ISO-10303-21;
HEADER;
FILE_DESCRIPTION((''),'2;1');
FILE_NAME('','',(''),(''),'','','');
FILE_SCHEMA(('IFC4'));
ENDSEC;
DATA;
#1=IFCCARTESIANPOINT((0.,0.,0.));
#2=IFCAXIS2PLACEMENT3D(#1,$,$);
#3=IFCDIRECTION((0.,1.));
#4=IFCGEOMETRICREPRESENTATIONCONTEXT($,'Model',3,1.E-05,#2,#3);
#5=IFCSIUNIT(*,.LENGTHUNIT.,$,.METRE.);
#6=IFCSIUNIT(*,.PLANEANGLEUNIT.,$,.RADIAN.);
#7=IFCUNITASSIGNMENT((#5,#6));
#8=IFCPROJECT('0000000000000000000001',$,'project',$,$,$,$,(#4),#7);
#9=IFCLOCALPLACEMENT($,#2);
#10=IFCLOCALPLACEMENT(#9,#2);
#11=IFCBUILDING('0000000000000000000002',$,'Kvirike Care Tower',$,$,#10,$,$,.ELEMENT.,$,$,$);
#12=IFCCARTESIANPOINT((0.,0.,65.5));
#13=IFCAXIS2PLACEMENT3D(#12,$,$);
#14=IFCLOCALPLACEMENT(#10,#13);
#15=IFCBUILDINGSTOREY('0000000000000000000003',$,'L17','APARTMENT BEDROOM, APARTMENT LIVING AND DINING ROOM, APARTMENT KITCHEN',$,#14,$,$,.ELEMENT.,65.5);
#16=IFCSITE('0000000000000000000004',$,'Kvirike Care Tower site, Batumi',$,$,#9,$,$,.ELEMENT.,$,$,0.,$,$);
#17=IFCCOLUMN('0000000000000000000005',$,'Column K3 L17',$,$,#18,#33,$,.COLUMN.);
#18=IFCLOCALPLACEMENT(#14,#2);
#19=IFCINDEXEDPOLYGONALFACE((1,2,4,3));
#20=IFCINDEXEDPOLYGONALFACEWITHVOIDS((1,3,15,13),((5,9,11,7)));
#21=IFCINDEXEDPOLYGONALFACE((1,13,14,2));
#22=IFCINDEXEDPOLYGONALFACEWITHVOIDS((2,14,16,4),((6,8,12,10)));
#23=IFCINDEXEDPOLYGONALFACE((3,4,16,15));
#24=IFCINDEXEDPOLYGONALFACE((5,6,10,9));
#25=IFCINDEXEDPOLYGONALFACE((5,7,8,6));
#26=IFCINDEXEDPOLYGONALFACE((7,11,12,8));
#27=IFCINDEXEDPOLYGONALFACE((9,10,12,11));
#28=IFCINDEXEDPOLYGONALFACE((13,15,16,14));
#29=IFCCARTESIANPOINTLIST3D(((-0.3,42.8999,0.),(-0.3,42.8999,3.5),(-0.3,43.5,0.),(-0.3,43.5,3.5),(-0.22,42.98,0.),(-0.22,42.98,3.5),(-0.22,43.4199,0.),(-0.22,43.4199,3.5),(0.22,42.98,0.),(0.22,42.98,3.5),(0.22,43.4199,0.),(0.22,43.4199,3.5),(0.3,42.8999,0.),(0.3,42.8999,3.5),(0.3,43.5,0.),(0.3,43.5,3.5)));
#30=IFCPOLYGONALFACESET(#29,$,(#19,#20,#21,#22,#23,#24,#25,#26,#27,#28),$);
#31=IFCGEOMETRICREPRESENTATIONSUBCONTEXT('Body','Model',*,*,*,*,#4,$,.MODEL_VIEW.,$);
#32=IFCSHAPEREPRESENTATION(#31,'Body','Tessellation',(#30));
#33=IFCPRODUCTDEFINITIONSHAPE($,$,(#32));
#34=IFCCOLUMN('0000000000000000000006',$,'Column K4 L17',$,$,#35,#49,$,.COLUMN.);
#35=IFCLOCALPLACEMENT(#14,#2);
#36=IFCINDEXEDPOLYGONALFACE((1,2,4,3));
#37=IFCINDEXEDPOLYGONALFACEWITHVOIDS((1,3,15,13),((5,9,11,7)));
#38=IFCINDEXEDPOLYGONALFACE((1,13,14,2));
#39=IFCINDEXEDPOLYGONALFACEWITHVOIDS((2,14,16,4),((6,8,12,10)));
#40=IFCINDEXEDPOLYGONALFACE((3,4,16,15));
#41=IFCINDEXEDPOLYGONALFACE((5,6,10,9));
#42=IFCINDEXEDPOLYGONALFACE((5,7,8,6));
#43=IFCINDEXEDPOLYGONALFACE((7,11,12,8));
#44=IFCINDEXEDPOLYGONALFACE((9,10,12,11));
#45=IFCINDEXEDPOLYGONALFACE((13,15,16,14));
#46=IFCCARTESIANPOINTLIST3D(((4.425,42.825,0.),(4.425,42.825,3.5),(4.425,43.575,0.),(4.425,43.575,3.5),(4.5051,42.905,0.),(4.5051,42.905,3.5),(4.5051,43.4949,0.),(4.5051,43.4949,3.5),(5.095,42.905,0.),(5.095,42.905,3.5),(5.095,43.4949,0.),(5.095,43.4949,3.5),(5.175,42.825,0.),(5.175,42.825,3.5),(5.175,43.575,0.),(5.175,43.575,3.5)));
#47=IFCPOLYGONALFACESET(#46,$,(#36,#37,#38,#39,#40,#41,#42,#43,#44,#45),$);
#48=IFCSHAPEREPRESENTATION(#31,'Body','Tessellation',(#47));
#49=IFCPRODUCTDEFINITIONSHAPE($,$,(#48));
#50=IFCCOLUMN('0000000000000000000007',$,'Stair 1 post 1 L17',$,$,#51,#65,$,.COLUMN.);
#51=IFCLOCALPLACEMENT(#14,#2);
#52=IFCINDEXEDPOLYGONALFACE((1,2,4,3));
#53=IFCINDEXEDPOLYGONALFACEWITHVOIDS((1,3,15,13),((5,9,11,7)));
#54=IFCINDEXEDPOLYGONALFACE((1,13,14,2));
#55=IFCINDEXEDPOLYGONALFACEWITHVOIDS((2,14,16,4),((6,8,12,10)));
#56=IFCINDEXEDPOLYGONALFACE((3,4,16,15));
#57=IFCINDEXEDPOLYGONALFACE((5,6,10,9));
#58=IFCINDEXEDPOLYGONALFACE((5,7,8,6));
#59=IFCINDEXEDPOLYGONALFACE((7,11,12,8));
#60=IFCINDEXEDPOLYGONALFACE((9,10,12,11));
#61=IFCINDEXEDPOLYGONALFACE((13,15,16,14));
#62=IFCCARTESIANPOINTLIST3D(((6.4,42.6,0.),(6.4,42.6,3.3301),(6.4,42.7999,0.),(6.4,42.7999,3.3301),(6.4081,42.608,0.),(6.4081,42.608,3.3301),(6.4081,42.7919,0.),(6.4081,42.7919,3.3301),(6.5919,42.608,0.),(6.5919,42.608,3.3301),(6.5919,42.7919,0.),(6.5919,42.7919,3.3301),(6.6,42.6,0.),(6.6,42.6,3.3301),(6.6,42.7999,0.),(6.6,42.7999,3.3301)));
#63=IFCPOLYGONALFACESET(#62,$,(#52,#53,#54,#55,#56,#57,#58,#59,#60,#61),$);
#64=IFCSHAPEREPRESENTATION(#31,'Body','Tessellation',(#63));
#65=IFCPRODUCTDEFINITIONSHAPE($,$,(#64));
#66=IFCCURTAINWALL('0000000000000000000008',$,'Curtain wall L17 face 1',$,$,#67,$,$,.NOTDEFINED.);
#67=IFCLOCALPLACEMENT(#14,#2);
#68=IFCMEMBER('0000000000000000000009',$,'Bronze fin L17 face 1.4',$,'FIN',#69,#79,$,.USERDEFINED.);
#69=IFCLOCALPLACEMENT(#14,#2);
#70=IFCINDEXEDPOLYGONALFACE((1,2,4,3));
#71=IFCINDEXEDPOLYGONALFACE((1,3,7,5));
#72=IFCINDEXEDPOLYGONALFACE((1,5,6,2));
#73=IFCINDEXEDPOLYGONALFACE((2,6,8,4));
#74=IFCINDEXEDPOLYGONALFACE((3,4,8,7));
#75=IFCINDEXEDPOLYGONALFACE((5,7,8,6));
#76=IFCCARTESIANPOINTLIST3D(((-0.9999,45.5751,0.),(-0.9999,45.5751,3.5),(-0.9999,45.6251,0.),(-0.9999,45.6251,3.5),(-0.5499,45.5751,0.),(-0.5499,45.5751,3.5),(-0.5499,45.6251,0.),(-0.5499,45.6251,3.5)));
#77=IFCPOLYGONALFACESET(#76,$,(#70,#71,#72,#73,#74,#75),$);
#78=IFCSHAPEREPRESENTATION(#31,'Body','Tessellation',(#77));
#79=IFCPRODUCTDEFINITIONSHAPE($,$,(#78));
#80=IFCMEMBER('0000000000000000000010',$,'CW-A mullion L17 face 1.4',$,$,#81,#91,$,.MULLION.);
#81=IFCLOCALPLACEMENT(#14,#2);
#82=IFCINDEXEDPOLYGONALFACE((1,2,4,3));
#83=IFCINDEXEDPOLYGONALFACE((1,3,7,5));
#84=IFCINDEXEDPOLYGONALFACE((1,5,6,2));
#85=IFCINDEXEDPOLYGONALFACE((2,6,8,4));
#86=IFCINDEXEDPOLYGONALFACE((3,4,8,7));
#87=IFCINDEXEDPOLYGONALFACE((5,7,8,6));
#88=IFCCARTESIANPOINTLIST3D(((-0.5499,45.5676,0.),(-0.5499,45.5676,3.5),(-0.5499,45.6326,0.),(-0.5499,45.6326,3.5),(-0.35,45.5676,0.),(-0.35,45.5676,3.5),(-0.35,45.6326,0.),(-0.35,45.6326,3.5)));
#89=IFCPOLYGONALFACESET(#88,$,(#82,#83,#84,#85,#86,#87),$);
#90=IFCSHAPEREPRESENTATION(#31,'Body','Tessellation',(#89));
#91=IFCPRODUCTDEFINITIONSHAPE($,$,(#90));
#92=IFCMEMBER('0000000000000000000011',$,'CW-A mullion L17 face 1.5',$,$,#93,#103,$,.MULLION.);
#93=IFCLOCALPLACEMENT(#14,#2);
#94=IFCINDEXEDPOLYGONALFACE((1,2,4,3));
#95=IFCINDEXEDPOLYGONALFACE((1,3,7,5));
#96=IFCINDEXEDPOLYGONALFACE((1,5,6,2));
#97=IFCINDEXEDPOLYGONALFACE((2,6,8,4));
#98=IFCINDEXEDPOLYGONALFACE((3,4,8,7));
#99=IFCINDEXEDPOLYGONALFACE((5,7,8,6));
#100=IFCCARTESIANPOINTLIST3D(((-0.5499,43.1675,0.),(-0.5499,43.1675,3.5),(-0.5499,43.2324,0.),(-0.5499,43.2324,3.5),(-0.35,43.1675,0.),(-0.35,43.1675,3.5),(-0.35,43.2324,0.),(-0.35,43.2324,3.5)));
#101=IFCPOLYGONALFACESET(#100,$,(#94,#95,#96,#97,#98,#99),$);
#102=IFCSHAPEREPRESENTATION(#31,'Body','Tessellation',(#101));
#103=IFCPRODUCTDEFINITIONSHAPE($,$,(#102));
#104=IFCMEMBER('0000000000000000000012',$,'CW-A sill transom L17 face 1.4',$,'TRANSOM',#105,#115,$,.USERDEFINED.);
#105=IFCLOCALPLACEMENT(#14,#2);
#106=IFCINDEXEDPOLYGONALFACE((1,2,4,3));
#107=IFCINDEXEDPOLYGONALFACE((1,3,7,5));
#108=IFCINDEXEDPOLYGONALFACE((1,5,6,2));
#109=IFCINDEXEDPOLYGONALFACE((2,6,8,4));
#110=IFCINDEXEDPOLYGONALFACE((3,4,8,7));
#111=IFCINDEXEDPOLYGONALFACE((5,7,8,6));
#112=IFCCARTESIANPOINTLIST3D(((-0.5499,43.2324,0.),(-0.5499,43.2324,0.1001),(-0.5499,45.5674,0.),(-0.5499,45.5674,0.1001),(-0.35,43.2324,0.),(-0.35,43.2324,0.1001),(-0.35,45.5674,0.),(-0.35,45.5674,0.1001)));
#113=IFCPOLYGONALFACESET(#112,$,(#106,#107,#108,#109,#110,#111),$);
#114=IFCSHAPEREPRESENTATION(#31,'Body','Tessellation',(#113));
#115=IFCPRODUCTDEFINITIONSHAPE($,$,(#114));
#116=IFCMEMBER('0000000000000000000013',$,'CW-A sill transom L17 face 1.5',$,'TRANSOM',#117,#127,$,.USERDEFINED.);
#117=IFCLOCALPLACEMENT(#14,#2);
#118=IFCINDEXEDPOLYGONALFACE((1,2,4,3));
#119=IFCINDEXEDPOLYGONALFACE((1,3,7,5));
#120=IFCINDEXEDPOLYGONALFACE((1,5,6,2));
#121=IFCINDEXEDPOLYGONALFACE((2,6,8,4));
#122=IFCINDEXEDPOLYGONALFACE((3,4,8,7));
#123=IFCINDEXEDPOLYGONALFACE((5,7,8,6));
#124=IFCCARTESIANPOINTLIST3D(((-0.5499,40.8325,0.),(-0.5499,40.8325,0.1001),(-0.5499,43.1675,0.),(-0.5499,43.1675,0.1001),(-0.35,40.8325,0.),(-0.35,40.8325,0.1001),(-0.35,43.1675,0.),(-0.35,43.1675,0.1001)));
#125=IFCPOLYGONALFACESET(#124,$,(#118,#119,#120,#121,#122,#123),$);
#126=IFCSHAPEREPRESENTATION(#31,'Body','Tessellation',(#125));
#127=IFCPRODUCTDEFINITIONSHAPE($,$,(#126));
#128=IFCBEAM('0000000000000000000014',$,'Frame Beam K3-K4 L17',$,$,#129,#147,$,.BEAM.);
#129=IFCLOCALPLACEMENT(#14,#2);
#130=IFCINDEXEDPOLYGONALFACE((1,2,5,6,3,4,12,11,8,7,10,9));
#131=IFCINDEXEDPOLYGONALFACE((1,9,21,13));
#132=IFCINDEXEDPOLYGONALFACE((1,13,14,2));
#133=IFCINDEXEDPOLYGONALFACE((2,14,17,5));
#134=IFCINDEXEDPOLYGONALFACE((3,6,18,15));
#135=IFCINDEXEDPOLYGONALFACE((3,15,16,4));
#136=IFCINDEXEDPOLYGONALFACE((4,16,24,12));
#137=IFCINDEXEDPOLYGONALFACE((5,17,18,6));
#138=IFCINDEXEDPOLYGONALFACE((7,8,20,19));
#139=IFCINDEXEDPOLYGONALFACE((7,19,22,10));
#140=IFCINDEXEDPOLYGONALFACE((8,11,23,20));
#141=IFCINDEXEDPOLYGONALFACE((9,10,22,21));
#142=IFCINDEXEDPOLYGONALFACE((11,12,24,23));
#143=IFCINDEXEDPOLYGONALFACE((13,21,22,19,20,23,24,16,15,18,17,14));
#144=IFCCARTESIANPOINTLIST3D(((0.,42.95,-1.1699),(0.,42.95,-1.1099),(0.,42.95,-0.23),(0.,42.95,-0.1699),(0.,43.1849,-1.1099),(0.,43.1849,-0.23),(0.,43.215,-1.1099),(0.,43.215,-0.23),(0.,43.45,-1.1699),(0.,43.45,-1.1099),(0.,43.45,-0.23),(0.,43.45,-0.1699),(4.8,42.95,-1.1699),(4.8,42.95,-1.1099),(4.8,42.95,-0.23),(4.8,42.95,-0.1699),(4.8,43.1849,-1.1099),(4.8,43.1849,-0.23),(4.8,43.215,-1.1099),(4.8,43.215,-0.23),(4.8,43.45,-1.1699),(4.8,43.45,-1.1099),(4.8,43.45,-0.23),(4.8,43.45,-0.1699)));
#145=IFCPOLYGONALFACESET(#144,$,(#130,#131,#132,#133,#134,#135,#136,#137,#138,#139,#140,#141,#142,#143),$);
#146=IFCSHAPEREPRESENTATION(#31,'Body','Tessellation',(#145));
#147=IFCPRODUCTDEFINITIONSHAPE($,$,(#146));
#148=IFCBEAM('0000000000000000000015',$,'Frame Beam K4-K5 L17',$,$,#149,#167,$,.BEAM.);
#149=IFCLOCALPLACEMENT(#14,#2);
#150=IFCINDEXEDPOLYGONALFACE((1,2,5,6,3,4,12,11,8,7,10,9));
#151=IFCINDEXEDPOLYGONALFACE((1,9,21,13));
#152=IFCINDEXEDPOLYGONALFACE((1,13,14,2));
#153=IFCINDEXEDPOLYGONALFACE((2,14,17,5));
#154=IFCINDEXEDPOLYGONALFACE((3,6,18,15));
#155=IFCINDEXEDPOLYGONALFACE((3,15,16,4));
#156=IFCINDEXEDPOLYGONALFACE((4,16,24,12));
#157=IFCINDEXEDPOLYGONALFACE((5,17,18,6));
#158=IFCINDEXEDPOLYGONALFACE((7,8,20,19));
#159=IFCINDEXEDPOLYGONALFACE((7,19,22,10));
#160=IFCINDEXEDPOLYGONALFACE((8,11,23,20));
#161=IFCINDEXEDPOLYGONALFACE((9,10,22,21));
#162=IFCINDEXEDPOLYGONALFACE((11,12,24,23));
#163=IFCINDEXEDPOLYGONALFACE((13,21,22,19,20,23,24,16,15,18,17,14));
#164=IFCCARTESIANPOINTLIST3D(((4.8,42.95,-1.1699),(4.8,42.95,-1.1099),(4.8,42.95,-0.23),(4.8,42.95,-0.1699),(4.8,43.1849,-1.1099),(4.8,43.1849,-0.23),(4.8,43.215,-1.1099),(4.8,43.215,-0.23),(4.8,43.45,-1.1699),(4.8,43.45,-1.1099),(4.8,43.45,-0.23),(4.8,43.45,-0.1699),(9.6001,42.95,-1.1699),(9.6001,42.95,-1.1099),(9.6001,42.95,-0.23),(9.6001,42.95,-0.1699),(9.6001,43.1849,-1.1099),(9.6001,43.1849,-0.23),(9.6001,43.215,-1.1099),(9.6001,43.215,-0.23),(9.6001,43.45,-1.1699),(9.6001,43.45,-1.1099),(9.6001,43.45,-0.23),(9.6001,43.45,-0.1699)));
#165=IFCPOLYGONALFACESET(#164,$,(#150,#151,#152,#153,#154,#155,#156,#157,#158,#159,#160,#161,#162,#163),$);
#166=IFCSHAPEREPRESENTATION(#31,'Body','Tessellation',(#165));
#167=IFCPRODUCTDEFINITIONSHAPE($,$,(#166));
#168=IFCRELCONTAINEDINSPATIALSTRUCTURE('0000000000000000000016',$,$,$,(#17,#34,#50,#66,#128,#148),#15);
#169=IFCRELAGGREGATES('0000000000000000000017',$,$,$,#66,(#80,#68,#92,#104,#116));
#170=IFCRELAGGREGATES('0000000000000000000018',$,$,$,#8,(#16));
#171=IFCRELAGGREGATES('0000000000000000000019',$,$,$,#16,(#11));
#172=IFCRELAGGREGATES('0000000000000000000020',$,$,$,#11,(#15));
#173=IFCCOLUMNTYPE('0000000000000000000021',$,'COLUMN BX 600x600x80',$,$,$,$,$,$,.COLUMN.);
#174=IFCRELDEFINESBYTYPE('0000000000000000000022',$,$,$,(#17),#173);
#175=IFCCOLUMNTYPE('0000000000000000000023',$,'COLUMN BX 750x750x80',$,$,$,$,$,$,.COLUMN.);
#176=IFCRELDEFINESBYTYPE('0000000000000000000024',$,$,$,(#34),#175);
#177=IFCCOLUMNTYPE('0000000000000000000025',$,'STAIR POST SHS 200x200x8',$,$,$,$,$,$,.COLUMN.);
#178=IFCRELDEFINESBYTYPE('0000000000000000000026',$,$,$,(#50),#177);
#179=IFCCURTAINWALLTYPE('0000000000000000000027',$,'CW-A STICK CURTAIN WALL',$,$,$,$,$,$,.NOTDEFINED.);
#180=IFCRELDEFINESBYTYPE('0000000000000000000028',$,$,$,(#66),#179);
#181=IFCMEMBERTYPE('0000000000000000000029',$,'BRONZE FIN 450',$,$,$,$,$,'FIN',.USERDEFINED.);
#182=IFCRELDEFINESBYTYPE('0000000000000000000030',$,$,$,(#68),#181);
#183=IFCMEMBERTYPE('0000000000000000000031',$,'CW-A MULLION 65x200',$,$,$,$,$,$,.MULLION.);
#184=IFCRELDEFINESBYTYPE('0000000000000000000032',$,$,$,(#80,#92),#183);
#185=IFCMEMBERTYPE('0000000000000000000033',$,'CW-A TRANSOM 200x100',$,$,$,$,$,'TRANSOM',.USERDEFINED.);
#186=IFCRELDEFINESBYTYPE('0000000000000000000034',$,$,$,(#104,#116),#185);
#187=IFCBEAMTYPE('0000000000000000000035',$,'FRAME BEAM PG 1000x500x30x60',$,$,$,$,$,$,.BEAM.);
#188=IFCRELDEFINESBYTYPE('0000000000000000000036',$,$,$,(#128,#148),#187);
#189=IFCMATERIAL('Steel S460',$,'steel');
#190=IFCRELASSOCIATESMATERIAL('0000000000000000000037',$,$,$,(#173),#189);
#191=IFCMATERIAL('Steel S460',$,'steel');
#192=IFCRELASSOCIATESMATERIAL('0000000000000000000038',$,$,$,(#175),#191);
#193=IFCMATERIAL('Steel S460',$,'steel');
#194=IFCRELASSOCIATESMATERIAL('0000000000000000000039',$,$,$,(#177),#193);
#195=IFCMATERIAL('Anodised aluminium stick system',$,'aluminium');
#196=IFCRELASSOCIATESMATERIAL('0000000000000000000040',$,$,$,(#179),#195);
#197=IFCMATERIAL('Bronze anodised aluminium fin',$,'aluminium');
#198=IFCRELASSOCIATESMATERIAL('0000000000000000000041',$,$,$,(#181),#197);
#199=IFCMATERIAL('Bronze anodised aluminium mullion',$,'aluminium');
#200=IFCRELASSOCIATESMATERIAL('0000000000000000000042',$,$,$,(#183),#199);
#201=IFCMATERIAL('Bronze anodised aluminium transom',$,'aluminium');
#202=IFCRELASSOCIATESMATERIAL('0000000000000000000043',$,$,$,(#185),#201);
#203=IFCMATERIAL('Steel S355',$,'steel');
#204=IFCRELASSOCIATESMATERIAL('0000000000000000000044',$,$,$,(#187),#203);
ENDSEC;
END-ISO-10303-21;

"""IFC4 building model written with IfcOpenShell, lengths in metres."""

from ifc_helpers import new_model, si_unit, direction, frame, origin, origin_2d, place, context, subcontext, project, spatial, rectangle, hollow_rectangle, i_section, extrude, material, material_profile, profile_set, type_object, element, aggregate, save


model = new_model("IFC4")

# Units and contexts
model_context = context("Model", 3, precision=1e-05, world=origin(), true_north=direction((0.0, 1.0)))
body_context = subcontext(model_context, "Body", "Model", "MODEL_VIEW")
ifc_project = project(units=[si_unit("LENGTHUNIT", "METRE"), si_unit("PLANEANGLEUNIT", "RADIAN")], contexts=[model_context])

# Site, building, storey
site_placement = place(None, origin())
site = spatial("IfcSite", under=ifc_project, at=site_placement, Name="Kvirike Care Tower site, Batumi", CompositionType="ELEMENT", RefElevation=0.0)
building_placement = place(site_placement, origin())
building = spatial("IfcBuilding", under=site, at=building_placement, Name="Kvirike Care Tower", CompositionType="ELEMENT")
storey_placement = place(building_placement, frame((0.0, 0.0, 65.5)))
storey = spatial("IfcBuildingStorey", under=building, at=storey_placement, Name="L17", Description="APARTMENT BEDROOM, APARTMENT LIVING AND DINING ROOM, APARTMENT KITCHEN", CompositionType="ELEMENT", Elevation=65.5)

# Columns
ifc_material_1 = material(Name="Steel S460", Category="steel")
ifc_material_profile_1 = material_profile(ifc_material_1, hollow_rectangle(XDim=0.6001, YDim=0.6001, WallThickness=0.0801, at=origin_2d()), Name="BX 600x600x80")
ifc_profile_set_1 = profile_set([ifc_material_profile_1], Name="Steel S460")
column_type_1 = type_object("IfcColumnType", Name="COLUMN BX 600x600x80", PredefinedType="COLUMN", material=ifc_profile_set_1)
column_1_placement = place(storey_placement, frame((0.0, 43.2, 0.0), z_axis=(0.0, 0.0, 1.0), x_axis=(0.0, 1.0, 0.0)))
element("IfcColumn", 1, at=column_1_placement, inside=storey, type_object=column_type_1, Name="Column K3 L17", PredefinedType="COLUMN", context=body_context, shape_type="SweptSolid", body=[
    extrude(hollow_rectangle(XDim=0.6001, YDim=0.6001, WallThickness=0.0801, at=origin_2d()), origin(), (0.0, 0.0, 1.0), 3.5),
])
ifc_material_2 = material(Name="Steel S460", Category="steel")
ifc_material_profile_2 = material_profile(ifc_material_2, hollow_rectangle(XDim=0.75, YDim=0.75, WallThickness=0.0801, at=origin_2d()), Name="BX 750x750x80")
ifc_profile_set_2 = profile_set([ifc_material_profile_2], Name="Steel S460")
column_type_2 = type_object("IfcColumnType", Name="COLUMN BX 750x750x80", PredefinedType="COLUMN", material=ifc_profile_set_2)
column_2_placement = place(storey_placement, frame((4.8, 43.2, 0.0), z_axis=(0.0, 0.0, 1.0), x_axis=(0.0, 1.0, 0.0)))
element("IfcColumn", 2, at=column_2_placement, inside=storey, type_object=column_type_2, Name="Column K4 L17", PredefinedType="COLUMN", context=body_context, shape_type="SweptSolid", body=[
    extrude(hollow_rectangle(XDim=0.75, YDim=0.75, WallThickness=0.0801, at=origin_2d()), origin(), (0.0, 0.0, 1.0), 3.5),
])
ifc_material_3 = material(Name="Steel S460", Category="steel")
ifc_material_profile_3 = material_profile(ifc_material_3, hollow_rectangle(XDim=0.2, YDim=0.2, WallThickness=0.0081, at=origin_2d()), Name="SHS 200x200x8")
ifc_profile_set_3 = profile_set([ifc_material_profile_3], Name="Steel S460")
column_type_3 = type_object("IfcColumnType", Name="STAIR POST SHS 200x200x8", PredefinedType="COLUMN", material=ifc_profile_set_3)
column_3_placement = place(storey_placement, frame((6.5, 42.7, 0.0), z_axis=(0.0, 0.0, 1.0), x_axis=(1.0, 0.0, 0.0)))
element("IfcColumn", 3, at=column_3_placement, inside=storey, type_object=column_type_3, Name="Stair 1 post 1 L17", PredefinedType="COLUMN", context=body_context, shape_type="SweptSolid", body=[
    extrude(hollow_rectangle(XDim=0.2, YDim=0.2, WallThickness=0.0081, at=origin_2d()), origin(), (0.0, 0.0, 1.0), 3.3301),
])

# Curtain wall, members
ifc_material_4 = material(Name="Anodised aluminium stick system", Category="aluminium")
curtain_wall_type = type_object("IfcCurtainWallType", Name="CW-A STICK CURTAIN WALL", PredefinedType="NOTDEFINED", material=ifc_material_4)
curtain_wall_placement = place(storey_placement, origin())
curtain_wall = element("IfcCurtainWall", 4, at=curtain_wall_placement, inside=storey, type_object=curtain_wall_type, Name="Curtain wall L17 face 1", PredefinedType="NOTDEFINED")
ifc_material_5 = material(Name="Bronze anodised aluminium fin", Category="aluminium")
ifc_material_profile_4 = material_profile(ifc_material_5, rectangle(XDim=0.05, YDim=0.45, at=origin_2d()), Name="BRONZE FIN 450")
ifc_profile_set_4 = profile_set([ifc_material_profile_4], Name="Bronze anodised aluminium fin")
member_type_1 = type_object("IfcMemberType", Name="BRONZE FIN 450", ElementType="FIN", PredefinedType="USERDEFINED", material=ifc_profile_set_4)
member_1_placement = place(storey_placement, frame((-0.7749, 45.6001, 0.0), z_axis=(0.0, 0.0, 1.0), x_axis=(0.0, -1.0, 0.0)))
member_1 = element("IfcMember", 5, at=member_1_placement, type_object=member_type_1, Name="Bronze fin L17 face 1.4", ObjectType="FIN", PredefinedType="USERDEFINED", context=body_context, shape_type="SweptSolid", body=[
    extrude(rectangle(XDim=0.05, YDim=0.45, at=origin_2d()), origin(), (0.0, 0.0, 1.0), 3.5),
])
ifc_material_6 = material(Name="Bronze anodised aluminium mullion", Category="aluminium")
ifc_material_profile_5 = material_profile(ifc_material_6, rectangle(XDim=0.0649, YDim=0.2, at=origin_2d()), Name="CW-A MULLION 65x200")
ifc_profile_set_5 = profile_set([ifc_material_profile_5], Name="Bronze anodised aluminium mullion")
member_type_2 = type_object("IfcMemberType", Name="CW-A MULLION 65x200", PredefinedType="MULLION", material=ifc_profile_set_5)
member_2_placement = place(storey_placement, frame((-0.45, 45.6001, 0.0), z_axis=(0.0, 0.0, 1.0), x_axis=(0.0, -1.0, 0.0)))
member_2 = element("IfcMember", 6, at=member_2_placement, type_object=member_type_2, Name="CW-A mullion L17 face 1.4", PredefinedType="MULLION", context=body_context, shape_type="SweptSolid", body=[
    extrude(rectangle(XDim=0.0649, YDim=0.2, at=origin_2d()), origin(), (0.0, 0.0, 1.0), 3.5),
])
member_3_placement = place(storey_placement, frame((-0.45, 43.2, 0.0), z_axis=(0.0, 0.0, 1.0), x_axis=(0.0, -1.0, 0.0)))
member_3 = element("IfcMember", 7, at=member_3_placement, type_object=member_type_2, Name="CW-A mullion L17 face 1.5", PredefinedType="MULLION", context=body_context, shape_type="SweptSolid", body=[
    extrude(rectangle(XDim=0.0649, YDim=0.2, at=origin_2d()), origin(), (0.0, 0.0, 1.0), 3.5),
])
ifc_material_7 = material(Name="Bronze anodised aluminium transom", Category="aluminium")
ifc_material_profile_6 = material_profile(ifc_material_7, rectangle(XDim=0.2, YDim=0.1001, at=origin_2d()), Name="CW-A TRANSOM 200x100")
ifc_profile_set_6 = profile_set([ifc_material_profile_6], Name="Bronze anodised aluminium transom")
member_type_3 = type_object("IfcMemberType", Name="CW-A TRANSOM 200x100", ElementType="TRANSOM", PredefinedType="USERDEFINED", material=ifc_profile_set_6)
member_4_placement = place(storey_placement, frame((-0.45, 45.5674, 0.05), z_axis=(0.0, -1.0, 0.0), x_axis=(1.0, 0.0, 0.0)))
member_4 = element("IfcMember", 8, at=member_4_placement, type_object=member_type_3, Name="CW-A sill transom L17 face 1.4", ObjectType="TRANSOM", PredefinedType="USERDEFINED", context=body_context, shape_type="SweptSolid", body=[
    extrude(rectangle(XDim=0.2, YDim=0.1001, at=origin_2d()), origin(), (0.0, 0.0, 1.0), 2.335),
])
member_5_placement = place(storey_placement, frame((-0.45, 43.1675, 0.05), z_axis=(0.0, -1.0, 0.0), x_axis=(1.0, 0.0, 0.0)))
member_5 = element("IfcMember", 9, at=member_5_placement, type_object=member_type_3, Name="CW-A sill transom L17 face 1.5", ObjectType="TRANSOM", PredefinedType="USERDEFINED", context=body_context, shape_type="SweptSolid", body=[
    extrude(rectangle(XDim=0.2, YDim=0.1001, at=origin_2d()), origin(), (0.0, 0.0, 1.0), 2.335),
])

# Beams
ifc_material_8 = material(Name="Steel S355", Category="steel")
ifc_material_profile_7 = material_profile(ifc_material_8, i_section(OverallWidth=0.5, OverallDepth=1.0, WebThickness=0.03, FlangeThickness=0.0601, at=origin_2d()), Name="PG 1000x500x30x60")
ifc_profile_set_7 = profile_set([ifc_material_profile_7], Name="Steel S355")
beam_type_1 = type_object("IfcBeamType", Name="FRAME BEAM PG 1000x500x30x60", PredefinedType="BEAM", material=ifc_profile_set_7)
for number, where, z_axis, x_axis, name in (
    (10, (0.0, 43.2, -0.6699), (1.0, 0.0, 0.0), (0.0, 1.0, 0.0), "Frame Beam K3-K4 L17"),
    (11, (4.8, 43.2, -0.6699), (1.0, 0.0, 0.0), (0.0, 1.0, 0.0), "Frame Beam K4-K5 L17"),
):
    element("IfcBeam", number, at=place(storey_placement, frame(where, z_axis=z_axis, x_axis=x_axis)), inside=storey, type_object=beam_type_1, Name=name, PredefinedType="BEAM", context=body_context, shape_type="SweptSolid", body=[
        extrude(i_section(OverallWidth=0.5, OverallDepth=1.0, WebThickness=0.03, FlangeThickness=0.0601, at=origin_2d()), origin(), (0.0, 0.0, 1.0), 4.8),
    ])

aggregate(curtain_wall, [member_2, member_1, member_3, member_4, member_5])

save(model, "model.ifc")
